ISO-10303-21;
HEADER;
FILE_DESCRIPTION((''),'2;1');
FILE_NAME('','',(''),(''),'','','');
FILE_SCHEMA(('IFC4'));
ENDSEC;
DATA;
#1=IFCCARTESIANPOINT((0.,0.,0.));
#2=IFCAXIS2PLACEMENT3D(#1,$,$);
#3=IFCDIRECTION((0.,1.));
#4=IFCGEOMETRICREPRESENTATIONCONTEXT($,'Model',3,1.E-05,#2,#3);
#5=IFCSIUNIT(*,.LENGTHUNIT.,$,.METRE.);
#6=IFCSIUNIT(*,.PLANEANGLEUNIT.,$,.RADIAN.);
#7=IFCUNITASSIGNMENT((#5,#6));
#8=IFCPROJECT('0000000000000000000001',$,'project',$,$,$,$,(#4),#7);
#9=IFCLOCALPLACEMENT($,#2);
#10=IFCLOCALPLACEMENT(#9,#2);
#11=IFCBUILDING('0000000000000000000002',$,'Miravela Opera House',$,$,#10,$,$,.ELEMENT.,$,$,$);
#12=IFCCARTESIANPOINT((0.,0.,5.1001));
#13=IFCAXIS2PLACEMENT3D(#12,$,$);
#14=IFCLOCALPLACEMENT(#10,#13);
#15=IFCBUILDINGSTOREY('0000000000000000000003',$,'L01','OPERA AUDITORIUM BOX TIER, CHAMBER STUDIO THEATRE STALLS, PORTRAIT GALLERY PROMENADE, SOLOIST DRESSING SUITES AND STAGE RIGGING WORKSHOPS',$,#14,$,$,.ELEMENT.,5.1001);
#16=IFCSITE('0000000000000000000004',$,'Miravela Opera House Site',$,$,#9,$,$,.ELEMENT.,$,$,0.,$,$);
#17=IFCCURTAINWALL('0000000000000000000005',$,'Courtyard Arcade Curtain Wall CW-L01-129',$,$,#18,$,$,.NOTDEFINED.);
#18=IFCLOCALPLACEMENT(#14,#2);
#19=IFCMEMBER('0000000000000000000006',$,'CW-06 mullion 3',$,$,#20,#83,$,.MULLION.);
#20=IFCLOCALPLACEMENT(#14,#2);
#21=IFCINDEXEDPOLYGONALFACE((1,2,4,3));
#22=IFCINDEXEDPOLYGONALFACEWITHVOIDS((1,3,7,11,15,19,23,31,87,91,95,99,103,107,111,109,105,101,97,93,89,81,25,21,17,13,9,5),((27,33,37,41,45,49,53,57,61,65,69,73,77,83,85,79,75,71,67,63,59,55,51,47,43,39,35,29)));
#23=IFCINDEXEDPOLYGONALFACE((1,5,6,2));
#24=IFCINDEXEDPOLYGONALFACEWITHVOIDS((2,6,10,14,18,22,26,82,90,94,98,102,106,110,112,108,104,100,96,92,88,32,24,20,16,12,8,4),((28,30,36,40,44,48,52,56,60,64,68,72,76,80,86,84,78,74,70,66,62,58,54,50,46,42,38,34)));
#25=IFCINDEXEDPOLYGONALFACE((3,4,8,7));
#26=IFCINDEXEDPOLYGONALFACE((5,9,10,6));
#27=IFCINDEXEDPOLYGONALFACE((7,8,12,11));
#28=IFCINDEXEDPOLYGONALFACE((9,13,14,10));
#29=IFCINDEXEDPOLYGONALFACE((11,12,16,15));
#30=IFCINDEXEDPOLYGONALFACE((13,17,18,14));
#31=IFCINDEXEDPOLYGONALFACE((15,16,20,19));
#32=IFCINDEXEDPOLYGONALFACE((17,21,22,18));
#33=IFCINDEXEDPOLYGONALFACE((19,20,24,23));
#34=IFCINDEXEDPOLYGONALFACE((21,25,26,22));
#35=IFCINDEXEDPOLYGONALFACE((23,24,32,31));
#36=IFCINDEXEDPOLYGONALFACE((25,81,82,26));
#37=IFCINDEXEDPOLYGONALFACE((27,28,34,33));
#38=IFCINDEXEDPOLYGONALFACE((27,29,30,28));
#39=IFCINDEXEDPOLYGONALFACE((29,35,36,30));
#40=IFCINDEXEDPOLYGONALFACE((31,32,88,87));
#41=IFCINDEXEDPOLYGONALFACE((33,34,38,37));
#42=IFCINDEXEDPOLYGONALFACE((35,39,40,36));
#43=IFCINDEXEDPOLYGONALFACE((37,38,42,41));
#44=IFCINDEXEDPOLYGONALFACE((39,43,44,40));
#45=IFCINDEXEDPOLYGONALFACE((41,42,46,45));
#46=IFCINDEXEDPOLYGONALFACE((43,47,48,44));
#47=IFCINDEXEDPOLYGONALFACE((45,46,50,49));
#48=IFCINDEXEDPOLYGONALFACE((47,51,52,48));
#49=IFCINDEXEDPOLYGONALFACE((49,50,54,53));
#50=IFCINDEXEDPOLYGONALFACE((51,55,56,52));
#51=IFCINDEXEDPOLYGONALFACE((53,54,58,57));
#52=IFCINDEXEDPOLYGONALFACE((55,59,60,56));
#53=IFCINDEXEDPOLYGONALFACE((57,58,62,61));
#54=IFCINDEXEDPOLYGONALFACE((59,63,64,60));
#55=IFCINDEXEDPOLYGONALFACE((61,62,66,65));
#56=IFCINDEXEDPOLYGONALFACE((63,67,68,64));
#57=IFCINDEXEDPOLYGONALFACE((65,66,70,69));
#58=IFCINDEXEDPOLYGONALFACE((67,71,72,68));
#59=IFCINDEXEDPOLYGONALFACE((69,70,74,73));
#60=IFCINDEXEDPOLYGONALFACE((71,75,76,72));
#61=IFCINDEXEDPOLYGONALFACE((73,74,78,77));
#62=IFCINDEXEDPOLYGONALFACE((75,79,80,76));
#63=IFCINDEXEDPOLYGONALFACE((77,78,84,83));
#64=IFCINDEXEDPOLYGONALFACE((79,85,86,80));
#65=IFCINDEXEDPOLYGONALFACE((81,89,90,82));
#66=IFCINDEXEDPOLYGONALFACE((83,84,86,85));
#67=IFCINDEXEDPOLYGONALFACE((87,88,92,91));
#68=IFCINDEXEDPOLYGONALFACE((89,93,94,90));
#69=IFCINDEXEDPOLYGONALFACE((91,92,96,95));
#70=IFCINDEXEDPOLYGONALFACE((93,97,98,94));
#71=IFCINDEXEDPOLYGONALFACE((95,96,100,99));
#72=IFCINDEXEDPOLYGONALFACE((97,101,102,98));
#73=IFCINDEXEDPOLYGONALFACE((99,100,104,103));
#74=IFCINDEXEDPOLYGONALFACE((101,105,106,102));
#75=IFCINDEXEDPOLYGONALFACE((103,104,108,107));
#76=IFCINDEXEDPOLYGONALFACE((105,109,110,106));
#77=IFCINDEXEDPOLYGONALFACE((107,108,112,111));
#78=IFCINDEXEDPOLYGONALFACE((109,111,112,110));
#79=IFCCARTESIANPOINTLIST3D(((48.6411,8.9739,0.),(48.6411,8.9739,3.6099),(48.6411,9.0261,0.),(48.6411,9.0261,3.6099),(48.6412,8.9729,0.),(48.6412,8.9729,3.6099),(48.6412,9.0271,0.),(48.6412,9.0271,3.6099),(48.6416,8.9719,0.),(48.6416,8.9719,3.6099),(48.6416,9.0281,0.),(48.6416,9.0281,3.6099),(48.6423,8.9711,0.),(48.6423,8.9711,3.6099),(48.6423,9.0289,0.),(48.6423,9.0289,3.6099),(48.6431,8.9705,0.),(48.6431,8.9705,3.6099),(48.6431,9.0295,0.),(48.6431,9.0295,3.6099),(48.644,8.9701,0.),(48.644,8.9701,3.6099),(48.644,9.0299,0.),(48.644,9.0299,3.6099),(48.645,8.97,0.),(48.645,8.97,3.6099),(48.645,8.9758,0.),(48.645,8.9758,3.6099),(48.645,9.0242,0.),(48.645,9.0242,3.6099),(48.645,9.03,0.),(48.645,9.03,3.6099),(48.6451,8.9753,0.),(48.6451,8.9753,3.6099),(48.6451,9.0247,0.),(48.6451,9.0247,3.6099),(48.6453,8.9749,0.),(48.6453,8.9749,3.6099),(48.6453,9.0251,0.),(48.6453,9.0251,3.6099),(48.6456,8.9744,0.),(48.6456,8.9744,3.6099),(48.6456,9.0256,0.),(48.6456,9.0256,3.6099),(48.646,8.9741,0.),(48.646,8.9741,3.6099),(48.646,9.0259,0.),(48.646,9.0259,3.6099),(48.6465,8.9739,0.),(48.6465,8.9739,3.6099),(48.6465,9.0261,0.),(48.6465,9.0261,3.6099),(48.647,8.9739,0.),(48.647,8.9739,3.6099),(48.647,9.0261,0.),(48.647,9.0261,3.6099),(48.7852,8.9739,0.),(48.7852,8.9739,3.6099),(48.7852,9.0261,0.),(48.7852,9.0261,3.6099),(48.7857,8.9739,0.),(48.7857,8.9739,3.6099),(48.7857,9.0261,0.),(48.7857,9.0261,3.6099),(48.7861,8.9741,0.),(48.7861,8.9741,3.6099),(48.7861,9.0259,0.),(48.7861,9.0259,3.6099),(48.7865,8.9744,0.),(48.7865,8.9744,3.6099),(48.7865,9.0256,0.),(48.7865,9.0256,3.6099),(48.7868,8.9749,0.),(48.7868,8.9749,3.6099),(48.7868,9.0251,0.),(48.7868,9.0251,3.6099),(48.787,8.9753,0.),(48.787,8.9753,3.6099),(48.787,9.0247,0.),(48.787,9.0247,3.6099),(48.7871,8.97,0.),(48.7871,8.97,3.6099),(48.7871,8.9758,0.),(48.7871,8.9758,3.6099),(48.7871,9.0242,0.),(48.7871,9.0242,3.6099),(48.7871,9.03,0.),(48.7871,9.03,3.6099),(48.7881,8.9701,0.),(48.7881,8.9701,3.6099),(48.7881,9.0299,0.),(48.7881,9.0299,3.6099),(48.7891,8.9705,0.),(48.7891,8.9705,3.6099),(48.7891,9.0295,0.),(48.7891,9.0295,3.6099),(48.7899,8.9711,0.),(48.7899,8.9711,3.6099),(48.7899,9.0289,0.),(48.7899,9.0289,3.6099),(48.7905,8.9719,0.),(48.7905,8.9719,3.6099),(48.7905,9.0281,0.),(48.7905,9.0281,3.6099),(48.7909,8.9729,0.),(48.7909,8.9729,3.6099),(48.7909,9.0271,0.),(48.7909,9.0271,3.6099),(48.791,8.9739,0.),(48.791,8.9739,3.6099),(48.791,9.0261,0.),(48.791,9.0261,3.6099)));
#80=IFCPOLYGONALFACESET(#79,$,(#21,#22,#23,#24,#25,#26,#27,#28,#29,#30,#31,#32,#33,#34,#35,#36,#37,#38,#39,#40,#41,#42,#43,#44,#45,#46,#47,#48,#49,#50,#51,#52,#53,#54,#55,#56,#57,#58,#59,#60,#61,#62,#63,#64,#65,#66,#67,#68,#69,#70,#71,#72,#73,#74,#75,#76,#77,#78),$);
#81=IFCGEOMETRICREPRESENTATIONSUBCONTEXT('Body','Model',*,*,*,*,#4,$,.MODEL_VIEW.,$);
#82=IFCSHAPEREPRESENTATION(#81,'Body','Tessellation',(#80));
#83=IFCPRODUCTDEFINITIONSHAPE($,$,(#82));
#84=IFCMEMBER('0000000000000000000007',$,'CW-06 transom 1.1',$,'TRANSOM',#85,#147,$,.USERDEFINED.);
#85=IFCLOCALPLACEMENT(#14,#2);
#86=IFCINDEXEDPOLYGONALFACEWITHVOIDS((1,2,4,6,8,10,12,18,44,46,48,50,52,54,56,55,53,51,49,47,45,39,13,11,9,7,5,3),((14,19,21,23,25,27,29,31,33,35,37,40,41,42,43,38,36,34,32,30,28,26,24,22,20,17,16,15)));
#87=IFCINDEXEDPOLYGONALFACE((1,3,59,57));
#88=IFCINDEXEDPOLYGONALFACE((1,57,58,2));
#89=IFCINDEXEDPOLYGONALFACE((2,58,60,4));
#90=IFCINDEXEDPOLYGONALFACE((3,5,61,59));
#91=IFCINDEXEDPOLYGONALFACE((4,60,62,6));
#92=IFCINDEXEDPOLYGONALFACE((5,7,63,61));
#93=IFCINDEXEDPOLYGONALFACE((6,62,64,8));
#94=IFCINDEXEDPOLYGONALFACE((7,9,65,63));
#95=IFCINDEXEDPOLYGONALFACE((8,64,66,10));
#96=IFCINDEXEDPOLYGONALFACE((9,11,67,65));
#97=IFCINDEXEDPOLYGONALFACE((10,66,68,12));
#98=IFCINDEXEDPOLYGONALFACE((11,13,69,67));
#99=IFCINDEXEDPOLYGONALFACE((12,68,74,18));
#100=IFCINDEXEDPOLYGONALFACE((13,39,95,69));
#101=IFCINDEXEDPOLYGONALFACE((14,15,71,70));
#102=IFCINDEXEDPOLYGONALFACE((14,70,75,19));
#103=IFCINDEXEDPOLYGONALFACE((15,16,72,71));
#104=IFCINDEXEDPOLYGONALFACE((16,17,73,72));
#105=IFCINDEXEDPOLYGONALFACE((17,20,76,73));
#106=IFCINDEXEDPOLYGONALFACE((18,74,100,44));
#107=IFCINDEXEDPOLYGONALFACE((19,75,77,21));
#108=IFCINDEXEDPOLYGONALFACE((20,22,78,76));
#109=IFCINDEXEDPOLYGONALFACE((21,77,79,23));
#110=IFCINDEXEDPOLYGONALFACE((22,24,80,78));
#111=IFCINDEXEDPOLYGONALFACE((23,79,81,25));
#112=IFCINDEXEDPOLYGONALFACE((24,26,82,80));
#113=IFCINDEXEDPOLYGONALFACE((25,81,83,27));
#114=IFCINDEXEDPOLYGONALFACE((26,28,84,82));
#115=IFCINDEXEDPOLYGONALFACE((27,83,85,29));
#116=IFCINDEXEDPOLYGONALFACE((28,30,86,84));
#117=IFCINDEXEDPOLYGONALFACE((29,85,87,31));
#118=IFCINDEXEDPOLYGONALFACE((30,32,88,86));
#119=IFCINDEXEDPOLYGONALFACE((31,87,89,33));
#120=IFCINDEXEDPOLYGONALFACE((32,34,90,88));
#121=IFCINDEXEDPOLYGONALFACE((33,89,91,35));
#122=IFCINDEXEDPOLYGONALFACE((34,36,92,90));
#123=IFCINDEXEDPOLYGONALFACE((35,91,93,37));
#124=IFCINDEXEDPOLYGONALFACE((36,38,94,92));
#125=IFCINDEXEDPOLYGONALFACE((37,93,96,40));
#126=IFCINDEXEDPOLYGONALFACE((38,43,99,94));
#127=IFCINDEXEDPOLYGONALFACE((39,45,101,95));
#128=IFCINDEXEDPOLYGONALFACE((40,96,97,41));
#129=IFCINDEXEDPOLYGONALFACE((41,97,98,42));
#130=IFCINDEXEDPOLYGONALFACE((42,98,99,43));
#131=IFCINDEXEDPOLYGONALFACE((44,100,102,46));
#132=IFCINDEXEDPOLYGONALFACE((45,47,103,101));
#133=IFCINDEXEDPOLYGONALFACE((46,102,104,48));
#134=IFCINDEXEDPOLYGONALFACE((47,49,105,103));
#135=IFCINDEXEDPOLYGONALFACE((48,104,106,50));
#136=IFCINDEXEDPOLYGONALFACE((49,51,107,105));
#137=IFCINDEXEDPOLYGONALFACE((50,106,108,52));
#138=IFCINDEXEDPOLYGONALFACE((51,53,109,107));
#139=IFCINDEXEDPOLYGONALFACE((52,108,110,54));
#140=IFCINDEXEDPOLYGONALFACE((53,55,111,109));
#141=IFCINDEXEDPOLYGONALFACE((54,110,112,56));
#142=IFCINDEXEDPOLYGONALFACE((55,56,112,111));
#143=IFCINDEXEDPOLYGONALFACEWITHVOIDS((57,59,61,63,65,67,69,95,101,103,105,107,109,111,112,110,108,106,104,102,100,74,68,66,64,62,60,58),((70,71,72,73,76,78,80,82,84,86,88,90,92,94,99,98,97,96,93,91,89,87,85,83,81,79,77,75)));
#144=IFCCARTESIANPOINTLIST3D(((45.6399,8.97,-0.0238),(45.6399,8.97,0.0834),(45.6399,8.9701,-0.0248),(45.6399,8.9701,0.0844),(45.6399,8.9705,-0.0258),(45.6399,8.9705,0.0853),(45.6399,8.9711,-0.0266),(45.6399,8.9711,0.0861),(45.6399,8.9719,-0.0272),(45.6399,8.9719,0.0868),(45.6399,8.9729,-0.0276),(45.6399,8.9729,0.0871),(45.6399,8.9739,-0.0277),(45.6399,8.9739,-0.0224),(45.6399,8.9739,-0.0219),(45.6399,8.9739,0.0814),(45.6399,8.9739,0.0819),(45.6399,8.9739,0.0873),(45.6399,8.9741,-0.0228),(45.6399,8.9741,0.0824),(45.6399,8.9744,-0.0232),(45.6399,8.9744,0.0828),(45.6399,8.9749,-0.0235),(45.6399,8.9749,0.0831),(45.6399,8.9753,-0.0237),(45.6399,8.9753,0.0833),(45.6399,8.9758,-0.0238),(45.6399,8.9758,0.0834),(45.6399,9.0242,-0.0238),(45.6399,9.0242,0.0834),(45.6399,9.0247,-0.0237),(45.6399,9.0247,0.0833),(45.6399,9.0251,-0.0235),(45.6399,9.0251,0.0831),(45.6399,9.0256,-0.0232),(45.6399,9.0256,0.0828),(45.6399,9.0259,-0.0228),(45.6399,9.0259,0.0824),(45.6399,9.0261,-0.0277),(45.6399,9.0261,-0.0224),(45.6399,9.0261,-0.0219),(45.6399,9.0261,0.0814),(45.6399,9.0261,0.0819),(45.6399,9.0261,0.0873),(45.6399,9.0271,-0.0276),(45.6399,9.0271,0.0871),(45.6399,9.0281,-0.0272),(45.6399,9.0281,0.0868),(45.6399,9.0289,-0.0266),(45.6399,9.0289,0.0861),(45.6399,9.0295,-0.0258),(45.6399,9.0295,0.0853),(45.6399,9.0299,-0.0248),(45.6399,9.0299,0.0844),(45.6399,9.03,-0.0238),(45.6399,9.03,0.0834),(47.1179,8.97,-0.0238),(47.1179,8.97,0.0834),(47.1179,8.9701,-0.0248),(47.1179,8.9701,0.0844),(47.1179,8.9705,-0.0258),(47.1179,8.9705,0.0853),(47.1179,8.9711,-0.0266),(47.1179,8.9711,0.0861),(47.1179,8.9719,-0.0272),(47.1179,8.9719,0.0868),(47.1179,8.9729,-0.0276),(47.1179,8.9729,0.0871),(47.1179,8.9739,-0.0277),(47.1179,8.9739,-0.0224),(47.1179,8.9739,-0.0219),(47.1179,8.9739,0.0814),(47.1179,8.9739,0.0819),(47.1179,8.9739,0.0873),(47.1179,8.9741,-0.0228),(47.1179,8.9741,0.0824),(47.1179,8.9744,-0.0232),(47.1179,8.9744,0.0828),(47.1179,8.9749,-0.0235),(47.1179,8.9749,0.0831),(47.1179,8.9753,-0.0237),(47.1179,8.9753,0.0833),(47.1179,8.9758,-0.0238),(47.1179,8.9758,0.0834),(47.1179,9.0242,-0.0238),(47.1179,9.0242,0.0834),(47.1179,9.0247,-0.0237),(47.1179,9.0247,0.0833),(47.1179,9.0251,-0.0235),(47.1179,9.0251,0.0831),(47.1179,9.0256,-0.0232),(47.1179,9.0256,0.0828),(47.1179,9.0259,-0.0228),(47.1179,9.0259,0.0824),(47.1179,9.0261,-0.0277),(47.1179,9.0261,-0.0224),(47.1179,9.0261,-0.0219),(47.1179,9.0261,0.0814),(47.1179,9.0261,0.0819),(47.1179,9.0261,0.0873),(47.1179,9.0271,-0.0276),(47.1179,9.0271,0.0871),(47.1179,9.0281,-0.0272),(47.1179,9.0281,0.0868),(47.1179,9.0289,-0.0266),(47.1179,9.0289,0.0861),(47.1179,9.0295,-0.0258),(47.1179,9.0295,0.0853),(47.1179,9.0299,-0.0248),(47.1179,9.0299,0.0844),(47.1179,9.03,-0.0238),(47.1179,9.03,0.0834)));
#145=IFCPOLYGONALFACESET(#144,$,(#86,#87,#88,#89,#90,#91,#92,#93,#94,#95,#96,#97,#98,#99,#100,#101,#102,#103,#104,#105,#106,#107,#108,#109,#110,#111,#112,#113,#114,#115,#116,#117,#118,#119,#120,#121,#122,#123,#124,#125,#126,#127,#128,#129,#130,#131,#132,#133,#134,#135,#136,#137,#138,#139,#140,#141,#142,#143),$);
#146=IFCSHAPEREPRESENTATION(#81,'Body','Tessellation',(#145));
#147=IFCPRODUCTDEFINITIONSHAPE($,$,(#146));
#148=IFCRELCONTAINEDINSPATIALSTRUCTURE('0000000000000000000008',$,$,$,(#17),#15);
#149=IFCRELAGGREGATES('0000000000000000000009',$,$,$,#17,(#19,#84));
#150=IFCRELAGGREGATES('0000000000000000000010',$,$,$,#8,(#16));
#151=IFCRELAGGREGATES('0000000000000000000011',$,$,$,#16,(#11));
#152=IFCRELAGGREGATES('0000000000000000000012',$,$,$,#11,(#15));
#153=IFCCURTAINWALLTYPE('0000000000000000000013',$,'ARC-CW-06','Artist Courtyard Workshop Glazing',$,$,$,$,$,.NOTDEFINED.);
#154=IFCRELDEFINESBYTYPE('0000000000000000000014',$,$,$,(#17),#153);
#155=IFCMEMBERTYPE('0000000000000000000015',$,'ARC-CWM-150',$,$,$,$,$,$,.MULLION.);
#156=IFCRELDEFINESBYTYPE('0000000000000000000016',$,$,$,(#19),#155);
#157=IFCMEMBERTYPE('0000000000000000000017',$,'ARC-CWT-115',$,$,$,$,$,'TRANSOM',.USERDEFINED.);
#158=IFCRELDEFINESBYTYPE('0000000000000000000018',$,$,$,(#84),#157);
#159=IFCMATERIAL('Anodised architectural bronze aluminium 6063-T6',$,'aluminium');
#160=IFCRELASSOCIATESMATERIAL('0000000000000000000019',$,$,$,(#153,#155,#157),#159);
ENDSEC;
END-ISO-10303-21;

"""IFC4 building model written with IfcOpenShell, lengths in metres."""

from ifc_helpers import new_model, si_unit, direction, frame, origin, origin_2d, place, context, subcontext, project, spatial, hollow_rectangle, extrude, material, material_profile, profile_set, type_object, element, aggregate, save


model = new_model("IFC4")

# Units and contexts
model_context = context("Model", 3, precision=1e-05, world=origin(), true_north=direction((0.0, 1.0)))
body_context = subcontext(model_context, "Body", "Model", "MODEL_VIEW")
ifc_project = project(units=[si_unit("LENGTHUNIT", "METRE"), si_unit("PLANEANGLEUNIT", "RADIAN")], contexts=[model_context])

# Site, building, storey
site_placement = place(None, origin())
site = spatial("IfcSite", under=ifc_project, at=site_placement, Name="Miravela Opera House Site", CompositionType="ELEMENT", RefElevation=0.0)
building_placement = place(site_placement, origin())
building = spatial("IfcBuilding", under=site, at=building_placement, Name="Miravela Opera House", CompositionType="ELEMENT")
storey_placement = place(building_placement, frame((0.0, 0.0, 5.1001)))
storey = spatial("IfcBuildingStorey", under=building, at=storey_placement, Name="L01", Description="OPERA AUDITORIUM BOX TIER, CHAMBER STUDIO THEATRE STALLS, PORTRAIT GALLERY PROMENADE, SOLOIST DRESSING SUITES AND STAGE RIGGING WORKSHOPS", CompositionType="ELEMENT", Elevation=5.1001)

# Curtain wall, members
ifc_material_1 = material(Name="Anodised architectural bronze aluminium 6063-T6", Category="aluminium")
curtain_wall_type = type_object("IfcCurtainWallType", Name="ARC-CW-06", Description="Artist Courtyard Workshop Glazing", PredefinedType="NOTDEFINED", material=ifc_material_1)
curtain_wall_placement = place(storey_placement, origin())
curtain_wall = element("IfcCurtainWall", 1, at=curtain_wall_placement, inside=storey, type_object=curtain_wall_type, Name="Courtyard Arcade Curtain Wall CW-L01-129", PredefinedType="NOTDEFINED")
ifc_material_profile_1 = material_profile(ifc_material_1, hollow_rectangle(XDim=0.0601, YDim=0.1499, WallThickness=0.0039, InnerFilletRadius=0.002, OuterFilletRadius=0.0039, at=origin_2d()), Name="CWM-60X150")
ifc_profile_set_1 = profile_set([ifc_material_profile_1])
member_type_1 = type_object("IfcMemberType", Name="ARC-CWM-150", PredefinedType="MULLION", material=ifc_profile_set_1)
member_1_placement = place(storey_placement, frame((48.7161, 9.0, 0.0), z_axis=(0.0, 0.0, 1.0), x_axis=(0.0, 1.0, 0.0)))
member_1 = element("IfcMember", 2, at=member_1_placement, type_object=member_type_1, Name="CW-06 mullion 3", PredefinedType="MULLION", context=body_context, shape_type="SweptSolid", body=[
    extrude(hollow_rectangle(XDim=0.0601, YDim=0.1499, WallThickness=0.0039, InnerFilletRadius=0.002, OuterFilletRadius=0.0039, at=origin_2d()), origin(), (0.0, 0.0, 1.0), 3.6099),
])
ifc_material_profile_2 = material_profile(ifc_material_1, hollow_rectangle(XDim=0.0601, YDim=0.115, WallThickness=0.0039, InnerFilletRadius=0.002, OuterFilletRadius=0.0039, at=origin_2d()), Name="CWT-60X115")
ifc_profile_set_2 = profile_set([ifc_material_profile_2])
member_type_2 = type_object("IfcMemberType", Name="ARC-CWT-115", ElementType="TRANSOM", PredefinedType="USERDEFINED", material=ifc_profile_set_2)
member_2_placement = place(storey_placement, frame((45.6399, 9.0, 0.0298), z_axis=(1.0, 0.0, 0.0), x_axis=(0.0, 1.0, 0.0)))
member_2 = element("IfcMember", 3, at=member_2_placement, type_object=member_type_2, Name="CW-06 transom 1.1", ObjectType="TRANSOM", PredefinedType="USERDEFINED", context=body_context, shape_type="SweptSolid", body=[
    extrude(hollow_rectangle(XDim=0.0601, YDim=0.115, WallThickness=0.0039, InnerFilletRadius=0.002, OuterFilletRadius=0.0039, at=origin_2d()), origin(), (0.0, 0.0, 1.0), 1.478),
])

aggregate(curtain_wall, [member_1, member_2])

save(model, "model.ifc")
